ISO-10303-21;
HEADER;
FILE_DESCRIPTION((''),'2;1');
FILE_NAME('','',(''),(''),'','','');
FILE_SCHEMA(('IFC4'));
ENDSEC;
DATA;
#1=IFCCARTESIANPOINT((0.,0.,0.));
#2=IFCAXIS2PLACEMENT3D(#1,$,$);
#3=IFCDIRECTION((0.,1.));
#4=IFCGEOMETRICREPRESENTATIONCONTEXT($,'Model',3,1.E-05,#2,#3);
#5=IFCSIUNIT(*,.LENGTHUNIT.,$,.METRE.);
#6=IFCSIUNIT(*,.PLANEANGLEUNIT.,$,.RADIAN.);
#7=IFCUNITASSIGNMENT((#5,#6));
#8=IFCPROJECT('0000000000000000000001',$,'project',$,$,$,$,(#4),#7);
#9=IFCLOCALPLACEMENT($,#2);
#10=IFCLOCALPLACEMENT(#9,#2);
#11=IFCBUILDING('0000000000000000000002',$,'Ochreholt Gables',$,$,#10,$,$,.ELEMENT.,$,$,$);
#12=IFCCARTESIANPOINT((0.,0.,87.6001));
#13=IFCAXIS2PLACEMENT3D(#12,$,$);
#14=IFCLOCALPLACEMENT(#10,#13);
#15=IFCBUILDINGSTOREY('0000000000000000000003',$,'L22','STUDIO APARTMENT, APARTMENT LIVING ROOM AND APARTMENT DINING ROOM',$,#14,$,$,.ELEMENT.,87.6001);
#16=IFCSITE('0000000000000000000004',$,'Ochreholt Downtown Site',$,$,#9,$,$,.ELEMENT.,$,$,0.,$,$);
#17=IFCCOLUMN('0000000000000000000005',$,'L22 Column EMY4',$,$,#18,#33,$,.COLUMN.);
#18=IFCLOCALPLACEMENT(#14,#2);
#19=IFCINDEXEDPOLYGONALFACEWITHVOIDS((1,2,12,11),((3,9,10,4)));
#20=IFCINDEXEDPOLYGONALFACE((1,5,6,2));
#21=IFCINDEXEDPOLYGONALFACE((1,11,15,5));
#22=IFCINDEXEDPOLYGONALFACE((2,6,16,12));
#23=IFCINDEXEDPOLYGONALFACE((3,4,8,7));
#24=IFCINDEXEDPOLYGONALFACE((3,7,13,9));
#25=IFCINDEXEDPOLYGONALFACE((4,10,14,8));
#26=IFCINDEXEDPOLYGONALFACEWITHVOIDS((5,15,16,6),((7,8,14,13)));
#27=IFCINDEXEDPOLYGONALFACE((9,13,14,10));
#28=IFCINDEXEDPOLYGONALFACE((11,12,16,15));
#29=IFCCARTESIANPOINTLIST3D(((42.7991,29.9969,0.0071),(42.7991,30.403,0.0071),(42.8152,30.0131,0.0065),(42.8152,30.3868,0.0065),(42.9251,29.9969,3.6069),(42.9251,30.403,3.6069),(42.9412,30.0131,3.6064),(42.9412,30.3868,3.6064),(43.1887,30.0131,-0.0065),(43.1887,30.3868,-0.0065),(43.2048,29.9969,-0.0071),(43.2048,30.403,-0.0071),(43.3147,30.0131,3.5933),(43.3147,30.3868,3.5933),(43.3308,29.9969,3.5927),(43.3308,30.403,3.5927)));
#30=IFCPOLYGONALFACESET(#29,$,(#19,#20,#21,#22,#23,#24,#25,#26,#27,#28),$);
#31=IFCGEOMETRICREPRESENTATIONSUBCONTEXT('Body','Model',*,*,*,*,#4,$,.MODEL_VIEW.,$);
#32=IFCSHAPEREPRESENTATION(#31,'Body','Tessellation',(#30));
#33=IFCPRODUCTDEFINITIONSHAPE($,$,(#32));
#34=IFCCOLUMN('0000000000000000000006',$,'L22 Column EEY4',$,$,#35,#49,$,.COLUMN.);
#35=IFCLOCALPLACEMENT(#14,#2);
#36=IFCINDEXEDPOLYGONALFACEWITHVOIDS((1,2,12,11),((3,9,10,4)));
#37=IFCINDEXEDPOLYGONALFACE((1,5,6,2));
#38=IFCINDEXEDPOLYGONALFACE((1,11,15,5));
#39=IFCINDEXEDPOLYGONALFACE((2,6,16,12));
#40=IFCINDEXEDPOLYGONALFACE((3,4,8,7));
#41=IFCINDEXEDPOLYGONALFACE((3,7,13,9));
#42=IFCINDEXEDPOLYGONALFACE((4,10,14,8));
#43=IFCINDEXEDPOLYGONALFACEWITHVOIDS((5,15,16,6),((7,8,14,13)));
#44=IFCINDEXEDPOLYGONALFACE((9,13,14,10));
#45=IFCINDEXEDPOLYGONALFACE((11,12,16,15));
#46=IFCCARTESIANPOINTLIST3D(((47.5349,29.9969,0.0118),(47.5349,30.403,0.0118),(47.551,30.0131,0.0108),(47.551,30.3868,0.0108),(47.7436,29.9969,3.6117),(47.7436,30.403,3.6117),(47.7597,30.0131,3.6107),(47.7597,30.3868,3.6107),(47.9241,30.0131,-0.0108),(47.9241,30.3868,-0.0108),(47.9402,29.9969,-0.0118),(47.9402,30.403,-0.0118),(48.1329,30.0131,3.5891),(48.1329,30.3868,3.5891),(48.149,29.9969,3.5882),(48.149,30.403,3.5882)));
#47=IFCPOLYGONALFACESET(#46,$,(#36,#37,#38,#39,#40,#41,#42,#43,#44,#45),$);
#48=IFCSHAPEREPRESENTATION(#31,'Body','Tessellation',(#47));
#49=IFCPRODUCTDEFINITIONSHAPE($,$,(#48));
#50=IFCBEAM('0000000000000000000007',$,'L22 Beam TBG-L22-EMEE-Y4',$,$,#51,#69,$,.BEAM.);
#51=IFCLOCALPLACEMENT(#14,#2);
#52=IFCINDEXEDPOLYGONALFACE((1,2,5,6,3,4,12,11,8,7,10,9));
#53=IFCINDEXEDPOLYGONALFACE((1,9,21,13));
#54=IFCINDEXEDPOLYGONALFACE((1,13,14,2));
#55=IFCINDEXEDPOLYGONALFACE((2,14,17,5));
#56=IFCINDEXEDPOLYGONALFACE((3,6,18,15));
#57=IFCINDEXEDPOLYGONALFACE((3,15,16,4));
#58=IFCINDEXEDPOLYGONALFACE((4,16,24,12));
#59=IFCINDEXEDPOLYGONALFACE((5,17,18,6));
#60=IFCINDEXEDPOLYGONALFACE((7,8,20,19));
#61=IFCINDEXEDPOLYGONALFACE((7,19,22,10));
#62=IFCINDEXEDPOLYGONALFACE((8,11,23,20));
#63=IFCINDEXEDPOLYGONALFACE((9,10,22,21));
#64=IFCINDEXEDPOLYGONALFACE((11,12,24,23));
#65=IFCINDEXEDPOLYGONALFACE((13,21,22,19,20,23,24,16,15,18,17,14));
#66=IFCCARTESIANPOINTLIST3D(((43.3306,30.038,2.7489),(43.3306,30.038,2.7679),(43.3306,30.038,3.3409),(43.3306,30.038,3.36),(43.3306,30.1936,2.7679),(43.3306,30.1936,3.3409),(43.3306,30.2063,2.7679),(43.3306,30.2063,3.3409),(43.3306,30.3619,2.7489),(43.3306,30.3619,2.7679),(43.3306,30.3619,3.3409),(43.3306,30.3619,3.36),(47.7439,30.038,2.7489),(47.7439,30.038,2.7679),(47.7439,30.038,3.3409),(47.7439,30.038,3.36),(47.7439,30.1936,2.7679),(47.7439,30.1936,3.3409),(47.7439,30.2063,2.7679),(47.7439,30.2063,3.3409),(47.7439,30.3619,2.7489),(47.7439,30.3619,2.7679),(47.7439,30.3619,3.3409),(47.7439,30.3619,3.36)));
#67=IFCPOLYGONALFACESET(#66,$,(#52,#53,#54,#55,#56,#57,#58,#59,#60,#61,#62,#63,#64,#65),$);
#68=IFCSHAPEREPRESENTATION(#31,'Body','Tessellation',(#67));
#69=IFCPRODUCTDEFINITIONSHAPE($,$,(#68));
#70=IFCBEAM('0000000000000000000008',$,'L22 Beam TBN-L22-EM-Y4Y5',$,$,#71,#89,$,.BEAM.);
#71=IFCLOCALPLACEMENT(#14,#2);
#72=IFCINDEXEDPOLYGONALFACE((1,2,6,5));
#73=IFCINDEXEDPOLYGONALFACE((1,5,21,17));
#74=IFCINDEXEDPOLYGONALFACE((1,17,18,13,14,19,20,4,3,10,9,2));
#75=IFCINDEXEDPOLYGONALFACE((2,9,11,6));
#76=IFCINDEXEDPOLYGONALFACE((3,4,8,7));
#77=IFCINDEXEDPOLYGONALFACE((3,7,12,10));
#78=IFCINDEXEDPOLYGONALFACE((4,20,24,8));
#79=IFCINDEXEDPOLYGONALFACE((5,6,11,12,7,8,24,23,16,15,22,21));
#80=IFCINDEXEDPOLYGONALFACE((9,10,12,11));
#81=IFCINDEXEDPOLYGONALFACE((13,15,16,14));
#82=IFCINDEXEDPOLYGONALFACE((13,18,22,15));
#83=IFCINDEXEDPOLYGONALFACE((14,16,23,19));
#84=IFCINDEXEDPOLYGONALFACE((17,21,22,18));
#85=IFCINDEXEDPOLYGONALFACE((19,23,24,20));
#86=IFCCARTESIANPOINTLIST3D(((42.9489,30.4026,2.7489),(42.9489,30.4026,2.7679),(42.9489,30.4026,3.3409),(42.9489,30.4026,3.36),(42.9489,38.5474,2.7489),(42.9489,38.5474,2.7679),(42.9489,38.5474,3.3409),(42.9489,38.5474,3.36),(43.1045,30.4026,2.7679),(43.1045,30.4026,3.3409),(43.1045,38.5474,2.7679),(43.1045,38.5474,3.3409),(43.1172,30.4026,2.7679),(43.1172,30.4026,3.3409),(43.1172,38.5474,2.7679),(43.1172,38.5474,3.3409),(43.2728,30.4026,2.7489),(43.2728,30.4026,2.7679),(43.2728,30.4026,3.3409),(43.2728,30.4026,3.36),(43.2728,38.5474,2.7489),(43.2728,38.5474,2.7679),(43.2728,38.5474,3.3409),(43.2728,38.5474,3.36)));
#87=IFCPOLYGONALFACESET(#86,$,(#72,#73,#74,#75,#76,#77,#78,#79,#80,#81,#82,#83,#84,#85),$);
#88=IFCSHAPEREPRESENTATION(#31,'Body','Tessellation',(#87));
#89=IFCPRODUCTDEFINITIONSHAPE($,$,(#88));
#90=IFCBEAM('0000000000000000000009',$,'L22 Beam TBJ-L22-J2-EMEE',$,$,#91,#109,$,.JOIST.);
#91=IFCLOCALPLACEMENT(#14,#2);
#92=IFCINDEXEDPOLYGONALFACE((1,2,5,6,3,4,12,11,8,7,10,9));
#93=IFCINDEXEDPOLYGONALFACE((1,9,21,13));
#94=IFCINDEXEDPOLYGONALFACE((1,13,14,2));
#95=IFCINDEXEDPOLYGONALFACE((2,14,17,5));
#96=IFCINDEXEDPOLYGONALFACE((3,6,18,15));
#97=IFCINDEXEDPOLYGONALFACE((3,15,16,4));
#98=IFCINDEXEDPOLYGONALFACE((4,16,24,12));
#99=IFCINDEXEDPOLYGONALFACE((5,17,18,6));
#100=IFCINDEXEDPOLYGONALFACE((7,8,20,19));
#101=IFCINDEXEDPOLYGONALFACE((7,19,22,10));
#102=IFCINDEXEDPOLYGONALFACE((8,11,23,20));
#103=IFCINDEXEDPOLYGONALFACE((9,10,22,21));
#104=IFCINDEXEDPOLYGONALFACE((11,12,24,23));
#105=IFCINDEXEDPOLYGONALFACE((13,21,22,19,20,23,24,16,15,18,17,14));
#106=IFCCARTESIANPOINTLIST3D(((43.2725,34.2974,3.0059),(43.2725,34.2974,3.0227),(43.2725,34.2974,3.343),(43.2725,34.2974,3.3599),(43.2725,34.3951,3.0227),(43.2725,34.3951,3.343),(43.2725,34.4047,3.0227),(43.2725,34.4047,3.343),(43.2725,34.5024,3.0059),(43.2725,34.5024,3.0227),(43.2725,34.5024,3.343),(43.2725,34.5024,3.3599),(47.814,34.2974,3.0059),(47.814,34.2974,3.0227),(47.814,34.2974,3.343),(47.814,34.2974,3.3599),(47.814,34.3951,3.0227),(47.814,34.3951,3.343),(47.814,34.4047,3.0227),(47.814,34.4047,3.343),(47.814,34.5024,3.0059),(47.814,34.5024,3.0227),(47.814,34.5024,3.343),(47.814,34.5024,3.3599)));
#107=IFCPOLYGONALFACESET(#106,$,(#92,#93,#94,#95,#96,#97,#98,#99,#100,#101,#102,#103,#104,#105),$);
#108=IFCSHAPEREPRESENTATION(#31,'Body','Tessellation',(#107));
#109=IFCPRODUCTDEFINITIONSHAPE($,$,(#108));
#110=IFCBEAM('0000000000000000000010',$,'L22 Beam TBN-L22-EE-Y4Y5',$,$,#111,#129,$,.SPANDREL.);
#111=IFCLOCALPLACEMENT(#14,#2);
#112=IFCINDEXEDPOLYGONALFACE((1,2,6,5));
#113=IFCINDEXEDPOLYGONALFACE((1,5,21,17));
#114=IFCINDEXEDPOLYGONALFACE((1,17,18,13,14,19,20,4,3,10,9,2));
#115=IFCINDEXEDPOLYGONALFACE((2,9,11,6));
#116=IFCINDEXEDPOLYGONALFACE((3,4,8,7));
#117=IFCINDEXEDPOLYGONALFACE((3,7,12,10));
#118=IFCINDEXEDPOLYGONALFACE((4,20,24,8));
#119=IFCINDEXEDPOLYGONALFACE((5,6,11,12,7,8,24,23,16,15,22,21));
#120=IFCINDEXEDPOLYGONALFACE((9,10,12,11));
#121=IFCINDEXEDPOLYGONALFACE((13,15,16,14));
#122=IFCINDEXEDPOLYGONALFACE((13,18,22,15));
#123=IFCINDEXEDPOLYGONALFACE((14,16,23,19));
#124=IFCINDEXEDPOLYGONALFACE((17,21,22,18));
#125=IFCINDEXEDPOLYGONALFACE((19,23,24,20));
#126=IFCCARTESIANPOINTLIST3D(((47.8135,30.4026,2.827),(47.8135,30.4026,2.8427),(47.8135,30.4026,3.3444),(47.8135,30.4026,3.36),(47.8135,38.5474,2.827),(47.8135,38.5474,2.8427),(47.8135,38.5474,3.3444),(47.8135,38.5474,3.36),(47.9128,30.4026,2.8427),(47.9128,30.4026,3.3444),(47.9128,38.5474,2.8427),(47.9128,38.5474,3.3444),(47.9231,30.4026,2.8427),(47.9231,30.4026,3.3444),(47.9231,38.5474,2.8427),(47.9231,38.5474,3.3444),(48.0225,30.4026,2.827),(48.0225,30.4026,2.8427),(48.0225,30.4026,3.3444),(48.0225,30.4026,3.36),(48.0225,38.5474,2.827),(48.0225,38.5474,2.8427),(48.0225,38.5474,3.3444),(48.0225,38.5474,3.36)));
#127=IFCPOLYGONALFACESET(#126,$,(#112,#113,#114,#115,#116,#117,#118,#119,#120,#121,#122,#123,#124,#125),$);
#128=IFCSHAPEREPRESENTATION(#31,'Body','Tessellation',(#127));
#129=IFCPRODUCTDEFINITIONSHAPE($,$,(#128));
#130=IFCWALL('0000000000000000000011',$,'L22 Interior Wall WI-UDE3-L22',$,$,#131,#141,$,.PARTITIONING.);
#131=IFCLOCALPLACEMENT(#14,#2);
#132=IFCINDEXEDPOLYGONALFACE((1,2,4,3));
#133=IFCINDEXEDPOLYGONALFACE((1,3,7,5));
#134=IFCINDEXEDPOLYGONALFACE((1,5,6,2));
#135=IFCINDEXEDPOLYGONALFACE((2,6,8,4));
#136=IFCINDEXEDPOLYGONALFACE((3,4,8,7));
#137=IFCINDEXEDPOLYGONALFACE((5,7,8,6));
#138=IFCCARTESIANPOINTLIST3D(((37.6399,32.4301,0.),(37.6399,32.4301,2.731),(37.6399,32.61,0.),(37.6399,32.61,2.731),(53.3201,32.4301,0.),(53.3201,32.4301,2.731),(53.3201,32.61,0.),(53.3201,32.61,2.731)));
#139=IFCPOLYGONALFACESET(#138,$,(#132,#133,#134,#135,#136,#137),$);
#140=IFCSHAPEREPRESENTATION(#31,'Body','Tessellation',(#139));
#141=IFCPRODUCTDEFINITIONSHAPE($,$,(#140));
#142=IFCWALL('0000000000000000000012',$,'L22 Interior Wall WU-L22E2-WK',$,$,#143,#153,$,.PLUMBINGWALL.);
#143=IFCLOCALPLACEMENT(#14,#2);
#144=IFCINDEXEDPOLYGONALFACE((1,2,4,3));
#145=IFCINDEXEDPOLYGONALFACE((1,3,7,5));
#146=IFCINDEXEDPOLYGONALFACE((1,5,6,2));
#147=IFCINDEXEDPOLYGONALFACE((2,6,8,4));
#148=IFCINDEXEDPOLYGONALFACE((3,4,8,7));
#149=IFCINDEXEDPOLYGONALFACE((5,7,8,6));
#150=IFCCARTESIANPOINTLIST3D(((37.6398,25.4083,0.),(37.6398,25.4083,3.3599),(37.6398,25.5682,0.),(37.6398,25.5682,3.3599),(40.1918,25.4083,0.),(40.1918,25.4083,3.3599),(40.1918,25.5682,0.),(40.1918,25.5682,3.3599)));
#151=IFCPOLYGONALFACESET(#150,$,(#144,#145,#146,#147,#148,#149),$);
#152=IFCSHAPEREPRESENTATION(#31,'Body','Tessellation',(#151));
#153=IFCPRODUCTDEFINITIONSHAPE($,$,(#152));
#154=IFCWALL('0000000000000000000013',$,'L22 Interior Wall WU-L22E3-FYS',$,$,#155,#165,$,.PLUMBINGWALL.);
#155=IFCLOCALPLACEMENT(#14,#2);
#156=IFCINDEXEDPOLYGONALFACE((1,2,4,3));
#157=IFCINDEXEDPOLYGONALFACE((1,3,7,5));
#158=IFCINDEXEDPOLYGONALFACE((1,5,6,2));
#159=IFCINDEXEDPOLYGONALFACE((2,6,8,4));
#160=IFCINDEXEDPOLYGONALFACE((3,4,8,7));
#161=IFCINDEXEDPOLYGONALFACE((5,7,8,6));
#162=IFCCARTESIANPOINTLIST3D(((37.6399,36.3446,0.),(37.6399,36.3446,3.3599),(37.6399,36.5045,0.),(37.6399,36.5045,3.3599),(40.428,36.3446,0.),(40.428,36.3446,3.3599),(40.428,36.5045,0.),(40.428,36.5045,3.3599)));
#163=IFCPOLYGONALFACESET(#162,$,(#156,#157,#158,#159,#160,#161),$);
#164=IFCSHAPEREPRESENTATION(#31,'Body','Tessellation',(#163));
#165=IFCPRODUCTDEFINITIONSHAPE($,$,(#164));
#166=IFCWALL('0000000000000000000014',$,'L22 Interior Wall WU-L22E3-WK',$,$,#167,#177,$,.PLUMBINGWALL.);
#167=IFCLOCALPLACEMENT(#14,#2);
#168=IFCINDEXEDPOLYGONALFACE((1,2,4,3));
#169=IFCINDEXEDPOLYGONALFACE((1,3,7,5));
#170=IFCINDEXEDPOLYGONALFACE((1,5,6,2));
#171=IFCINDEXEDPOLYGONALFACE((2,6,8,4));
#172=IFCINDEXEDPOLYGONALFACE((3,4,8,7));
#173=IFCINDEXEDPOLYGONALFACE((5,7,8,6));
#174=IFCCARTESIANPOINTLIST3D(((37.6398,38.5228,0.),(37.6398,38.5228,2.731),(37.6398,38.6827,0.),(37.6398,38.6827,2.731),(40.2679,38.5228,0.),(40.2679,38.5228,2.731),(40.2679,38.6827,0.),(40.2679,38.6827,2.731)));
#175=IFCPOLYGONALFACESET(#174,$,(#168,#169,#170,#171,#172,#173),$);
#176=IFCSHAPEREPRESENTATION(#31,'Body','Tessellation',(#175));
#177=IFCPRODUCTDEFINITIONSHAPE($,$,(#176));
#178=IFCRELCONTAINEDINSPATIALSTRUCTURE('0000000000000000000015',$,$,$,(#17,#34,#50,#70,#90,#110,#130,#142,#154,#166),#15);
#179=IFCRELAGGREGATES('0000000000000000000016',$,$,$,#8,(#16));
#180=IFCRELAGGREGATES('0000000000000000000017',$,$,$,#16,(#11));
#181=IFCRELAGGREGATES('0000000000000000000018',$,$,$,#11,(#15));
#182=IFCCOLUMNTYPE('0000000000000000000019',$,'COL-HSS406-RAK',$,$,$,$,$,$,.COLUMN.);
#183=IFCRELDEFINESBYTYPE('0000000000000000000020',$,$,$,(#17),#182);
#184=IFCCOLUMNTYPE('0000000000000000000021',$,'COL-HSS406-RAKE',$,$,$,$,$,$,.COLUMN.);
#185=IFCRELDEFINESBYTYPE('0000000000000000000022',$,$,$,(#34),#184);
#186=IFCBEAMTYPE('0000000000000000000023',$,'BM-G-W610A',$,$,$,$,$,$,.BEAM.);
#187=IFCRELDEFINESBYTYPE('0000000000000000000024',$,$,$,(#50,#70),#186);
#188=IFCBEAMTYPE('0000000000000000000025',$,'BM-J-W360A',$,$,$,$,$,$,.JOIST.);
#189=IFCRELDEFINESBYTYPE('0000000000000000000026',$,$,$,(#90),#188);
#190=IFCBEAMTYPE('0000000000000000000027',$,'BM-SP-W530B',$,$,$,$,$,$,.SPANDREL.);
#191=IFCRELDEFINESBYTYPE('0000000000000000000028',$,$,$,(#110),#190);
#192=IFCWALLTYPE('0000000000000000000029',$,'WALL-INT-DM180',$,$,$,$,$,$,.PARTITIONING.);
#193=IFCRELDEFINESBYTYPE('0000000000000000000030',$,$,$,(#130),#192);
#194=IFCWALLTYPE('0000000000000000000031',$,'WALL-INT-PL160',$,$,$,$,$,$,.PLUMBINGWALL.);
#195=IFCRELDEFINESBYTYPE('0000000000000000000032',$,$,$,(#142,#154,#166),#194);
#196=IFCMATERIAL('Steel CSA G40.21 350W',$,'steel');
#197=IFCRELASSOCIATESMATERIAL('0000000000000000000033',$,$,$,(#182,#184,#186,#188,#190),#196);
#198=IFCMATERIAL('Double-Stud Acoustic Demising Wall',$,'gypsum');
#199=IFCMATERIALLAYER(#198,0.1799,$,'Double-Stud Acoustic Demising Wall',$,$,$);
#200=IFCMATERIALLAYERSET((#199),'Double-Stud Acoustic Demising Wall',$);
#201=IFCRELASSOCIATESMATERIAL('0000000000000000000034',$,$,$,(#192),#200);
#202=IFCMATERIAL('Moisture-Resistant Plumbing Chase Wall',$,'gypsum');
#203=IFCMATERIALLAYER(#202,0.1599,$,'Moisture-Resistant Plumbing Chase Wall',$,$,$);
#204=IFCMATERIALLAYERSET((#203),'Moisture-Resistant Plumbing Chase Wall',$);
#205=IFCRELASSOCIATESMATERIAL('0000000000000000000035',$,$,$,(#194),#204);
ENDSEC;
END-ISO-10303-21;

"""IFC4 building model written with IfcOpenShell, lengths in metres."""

from ifc_helpers import new_model, si_unit, direction, frame, frame_2d, origin, origin_2d, place, context, subcontext, project, spatial, rectangle, hollow_rectangle, i_section, extrude, material, layer, layer_set, material_profile, profile_set, type_object, element, save


model = new_model("IFC4")

# Units and contexts
model_context = context("Model", 3, precision=1e-05, world=origin(), true_north=direction((0.0, 1.0)))
body_context = subcontext(model_context, "Body", "Model", "MODEL_VIEW")
ifc_project = project(units=[si_unit("LENGTHUNIT", "METRE"), si_unit("PLANEANGLEUNIT", "RADIAN")], contexts=[model_context])

# Site, building, storey
site_placement = place(None, origin())
site = spatial("IfcSite", under=ifc_project, at=site_placement, Name="Ochreholt Downtown Site", CompositionType="ELEMENT", RefElevation=0.0)
building_placement = place(site_placement, origin())
building = spatial("IfcBuilding", under=site, at=building_placement, Name="Ochreholt Gables", CompositionType="ELEMENT")
storey_placement = place(building_placement, frame((0.0, 0.0, 87.6001)))
storey = spatial("IfcBuildingStorey", under=building, at=storey_placement, Name="L22", Description="STUDIO APARTMENT, APARTMENT LIVING ROOM AND APARTMENT DINING ROOM", CompositionType="ELEMENT", Elevation=87.6001)

# Columns
ifc_material_1 = material(Name="Steel CSA G40.21 350W", Category="steel")
ifc_material_profile_1 = material_profile(ifc_material_1, hollow_rectangle(XDim=0.406, YDim=0.406, WallThickness=0.0161, at=origin_2d()), Name="HSS406X406X16")
ifc_profile_set_1 = profile_set([ifc_material_profile_1], Name="Steel CSA G40.21 350W")
column_type_1 = type_object("IfcColumnType", Name="COL-HSS406-RAK", PredefinedType="COLUMN", material=ifc_profile_set_1)
column_1_placement = place(storey_placement, frame((43.002, 30.2, 0.0), z_axis=(0.034974, 0.0, 0.999388), x_axis=(0.0, 1.0, 0.0)))
element("IfcColumn", 1, at=column_1_placement, inside=storey, type_object=column_type_1, Name="L22 Column EMY4", PredefinedType="COLUMN", context=body_context, shape_type="SweptSolid", body=[
    extrude(hollow_rectangle(XDim=0.406, YDim=0.406, WallThickness=0.0161, at=origin_2d()), origin(), (0.0, 0.0, 1.0), 3.6021),
])
ifc_material_profile_2 = material_profile(ifc_material_1, hollow_rectangle(XDim=0.406, YDim=0.406, WallThickness=0.0161, at=origin_2d()), Name="HSS406X406X16")
ifc_profile_set_2 = profile_set([ifc_material_profile_2], Name="Steel CSA G40.21 350W")
column_type_2 = type_object("IfcColumnType", Name="COL-HSS406-RAKE", PredefinedType="COLUMN", material=ifc_profile_set_2)
column_2_placement = place(storey_placement, frame((47.7375, 30.2, 0.0), z_axis=(0.057889, 0.0, 0.998323), x_axis=(0.0, 1.0, 0.0)))
element("IfcColumn", 2, at=column_2_placement, inside=storey, type_object=column_type_2, Name="L22 Column EEY4", PredefinedType="COLUMN", context=body_context, shape_type="SweptSolid", body=[
    extrude(hollow_rectangle(XDim=0.406, YDim=0.406, WallThickness=0.0161, at=origin_2d()), origin(), (0.0, 0.0, 1.0), 3.606),
])

# Beams
ifc_material_profile_3 = material_profile(ifc_material_1, i_section(OverallWidth=0.324, OverallDepth=0.6111, WebThickness=0.0127, FlangeThickness=0.019, at=origin_2d()), Name="W610X155")
ifc_profile_set_3 = profile_set([ifc_material_profile_3], Name="Steel CSA G40.21 350W")
beam_type_1 = type_object("IfcBeamType", Name="BM-G-W610A", PredefinedType="BEAM", material=ifc_profile_set_3)
beam_1_placement = place(storey_placement, frame((43.3306, 30.2, 3.0544), z_axis=(1.0, 0.0, 0.0), x_axis=(0.0, 1.0, 0.0)))
element("IfcBeam", 3, at=beam_1_placement, inside=storey, type_object=beam_type_1, Name="L22 Beam TBG-L22-EMEE-Y4", PredefinedType="BEAM", context=body_context, shape_type="SweptSolid", body=[
    extrude(i_section(OverallWidth=0.324, OverallDepth=0.6111, WebThickness=0.0127, FlangeThickness=0.019, at=origin_2d()), origin(), (0.0, 0.0, 1.0), 4.4133),
])
beam_2_placement = place(storey_placement, frame((43.1108, 30.4026, 3.0544), z_axis=(0.0, 1.0, 0.0), x_axis=(-1.0, 0.0, 0.0)))
element("IfcBeam", 4, at=beam_2_placement, inside=storey, type_object=beam_type_1, Name="L22 Beam TBN-L22-EM-Y4Y5", PredefinedType="BEAM", context=body_context, shape_type="SweptSolid", body=[
    extrude(i_section(OverallWidth=0.324, OverallDepth=0.6111, WebThickness=0.0127, FlangeThickness=0.019, at=origin_2d()), origin(), (0.0, 0.0, 1.0), 8.1448),
])
ifc_material_profile_4 = material_profile(ifc_material_1, i_section(OverallWidth=0.2051, OverallDepth=0.354, WebThickness=0.0095, FlangeThickness=0.0168, at=origin_2d()), Name="W360X79")
ifc_profile_set_4 = profile_set([ifc_material_profile_4], Name="Steel CSA G40.21 350W")
beam_type_2 = type_object("IfcBeamType", Name="BM-J-W360A", PredefinedType="JOIST", material=ifc_profile_set_4)
beam_3_placement = place(storey_placement, frame((43.2725, 34.3999, 3.1829), z_axis=(1.0, 0.0, 0.0), x_axis=(0.0, 1.0, 0.0)))
element("IfcBeam", 5, at=beam_3_placement, inside=storey, type_object=beam_type_2, Name="L22 Beam TBJ-L22-J2-EMEE", PredefinedType="JOIST", context=body_context, shape_type="SweptSolid", body=[
    extrude(i_section(OverallWidth=0.2051, OverallDepth=0.354, WebThickness=0.0095, FlangeThickness=0.0168, at=origin_2d()), origin(), (0.0, 0.0, 1.0), 4.5415),
])
ifc_material_profile_5 = material_profile(ifc_material_1, i_section(OverallWidth=0.209, OverallDepth=0.533, WebThickness=0.0103, FlangeThickness=0.0156, at=origin_2d()), Name="W530X92")
ifc_profile_set_5 = profile_set([ifc_material_profile_5], Name="Steel CSA G40.21 350W")
beam_type_3 = type_object("IfcBeamType", Name="BM-SP-W530B", PredefinedType="SPANDREL", material=ifc_profile_set_5)
beam_4_placement = place(storey_placement, frame((47.918, 30.4026, 3.0935), z_axis=(0.0, 1.0, 0.0), x_axis=(-1.0, 0.0, 0.0)))
element("IfcBeam", 6, at=beam_4_placement, inside=storey, type_object=beam_type_3, Name="L22 Beam TBN-L22-EE-Y4Y5", PredefinedType="SPANDREL", context=body_context, shape_type="SweptSolid", body=[
    extrude(i_section(OverallWidth=0.209, OverallDepth=0.533, WebThickness=0.0103, FlangeThickness=0.0156, at=origin_2d()), origin(), (0.0, 0.0, 1.0), 8.1448),
])

# Wall
ifc_material_2 = material(Name="Double-Stud Acoustic Demising Wall", Category="gypsum")
ifc_layer_1 = layer(ifc_material_2, 0.1799, Name="Double-Stud Acoustic Demising Wall")
ifc_layer_set_1 = layer_set([ifc_layer_1], Name="Double-Stud Acoustic Demising Wall")
wall_type_1 = type_object("IfcWallType", Name="WALL-INT-DM180", PredefinedType="PARTITIONING", material=ifc_layer_set_1)
wall_1_placement = place(storey_placement, frame((37.6399, 32.52, 0.0), z_axis=(0.0, 0.0, 1.0), x_axis=(1.0, 0.0, 0.0)))
element("IfcWall", 7, at=wall_1_placement, inside=storey, type_object=wall_type_1, Name="L22 Interior Wall WI-UDE3-L22", PredefinedType="PARTITIONING", context=body_context, shape_type="SweptSolid", body=[
    extrude(rectangle(XDim=15.6802, YDim=0.1799, at=frame_2d((7.8401, 0.0))), origin(), (0.0, 0.0, 1.0), 2.731),
])

# Shared definitions
ifc_material_3 = material(Name="Moisture-Resistant Plumbing Chase Wall", Category="gypsum")
ifc_layer_2 = layer(ifc_material_3, 0.1599, Name="Moisture-Resistant Plumbing Chase Wall")
ifc_layer_set_2 = layer_set([ifc_layer_2], Name="Moisture-Resistant Plumbing Chase Wall")
wall_type_2 = type_object("IfcWallType", Name="WALL-INT-PL160", PredefinedType="PLUMBINGWALL", material=ifc_layer_set_2)

# Walls
wall_2_placement = place(storey_placement, frame((37.6399, 25.4883, 0.0), z_axis=(0.0, 0.0, 1.0), x_axis=(1.0, 0.0, 0.0)))
element("IfcWall", 8, at=wall_2_placement, inside=storey, type_object=wall_type_2, Name="L22 Interior Wall WU-L22E2-WK", PredefinedType="PLUMBINGWALL", context=body_context, shape_type="SweptSolid", body=[
    extrude(rectangle(XDim=2.552, YDim=0.1599, at=frame_2d((1.2759, 0.0))), origin(), (0.0, 0.0, 1.0), 3.3599),
])
wall_3_placement = place(storey_placement, frame((37.6399, 36.4246, 0.0), z_axis=(0.0, 0.0, 1.0), x_axis=(1.0, 0.0, 0.0)))
element("IfcWall", 9, at=wall_3_placement, inside=storey, type_object=wall_type_2, Name="L22 Interior Wall WU-L22E3-FYS", PredefinedType="PLUMBINGWALL", context=body_context, shape_type="SweptSolid", body=[
    extrude(rectangle(XDim=2.7881, YDim=0.1599, at=frame_2d((1.394, 0.0))), origin(), (0.0, 0.0, 1.0), 3.3599),
])

# Wall
wall_4_placement = place(storey_placement, frame((37.6399, 38.6028, 0.0), z_axis=(0.0, 0.0, 1.0), x_axis=(1.0, 0.0, 0.0)))
element("IfcWall", 10, at=wall_4_placement, inside=storey, type_object=wall_type_2, Name="L22 Interior Wall WU-L22E3-WK", PredefinedType="PLUMBINGWALL", context=body_context, shape_type="SweptSolid", body=[
    extrude(rectangle(XDim=2.6282, YDim=0.1599, at=frame_2d((1.314, 0.0))), origin(), (0.0, 0.0, 1.0), 2.731),
])

save(model, "model.ifc")
